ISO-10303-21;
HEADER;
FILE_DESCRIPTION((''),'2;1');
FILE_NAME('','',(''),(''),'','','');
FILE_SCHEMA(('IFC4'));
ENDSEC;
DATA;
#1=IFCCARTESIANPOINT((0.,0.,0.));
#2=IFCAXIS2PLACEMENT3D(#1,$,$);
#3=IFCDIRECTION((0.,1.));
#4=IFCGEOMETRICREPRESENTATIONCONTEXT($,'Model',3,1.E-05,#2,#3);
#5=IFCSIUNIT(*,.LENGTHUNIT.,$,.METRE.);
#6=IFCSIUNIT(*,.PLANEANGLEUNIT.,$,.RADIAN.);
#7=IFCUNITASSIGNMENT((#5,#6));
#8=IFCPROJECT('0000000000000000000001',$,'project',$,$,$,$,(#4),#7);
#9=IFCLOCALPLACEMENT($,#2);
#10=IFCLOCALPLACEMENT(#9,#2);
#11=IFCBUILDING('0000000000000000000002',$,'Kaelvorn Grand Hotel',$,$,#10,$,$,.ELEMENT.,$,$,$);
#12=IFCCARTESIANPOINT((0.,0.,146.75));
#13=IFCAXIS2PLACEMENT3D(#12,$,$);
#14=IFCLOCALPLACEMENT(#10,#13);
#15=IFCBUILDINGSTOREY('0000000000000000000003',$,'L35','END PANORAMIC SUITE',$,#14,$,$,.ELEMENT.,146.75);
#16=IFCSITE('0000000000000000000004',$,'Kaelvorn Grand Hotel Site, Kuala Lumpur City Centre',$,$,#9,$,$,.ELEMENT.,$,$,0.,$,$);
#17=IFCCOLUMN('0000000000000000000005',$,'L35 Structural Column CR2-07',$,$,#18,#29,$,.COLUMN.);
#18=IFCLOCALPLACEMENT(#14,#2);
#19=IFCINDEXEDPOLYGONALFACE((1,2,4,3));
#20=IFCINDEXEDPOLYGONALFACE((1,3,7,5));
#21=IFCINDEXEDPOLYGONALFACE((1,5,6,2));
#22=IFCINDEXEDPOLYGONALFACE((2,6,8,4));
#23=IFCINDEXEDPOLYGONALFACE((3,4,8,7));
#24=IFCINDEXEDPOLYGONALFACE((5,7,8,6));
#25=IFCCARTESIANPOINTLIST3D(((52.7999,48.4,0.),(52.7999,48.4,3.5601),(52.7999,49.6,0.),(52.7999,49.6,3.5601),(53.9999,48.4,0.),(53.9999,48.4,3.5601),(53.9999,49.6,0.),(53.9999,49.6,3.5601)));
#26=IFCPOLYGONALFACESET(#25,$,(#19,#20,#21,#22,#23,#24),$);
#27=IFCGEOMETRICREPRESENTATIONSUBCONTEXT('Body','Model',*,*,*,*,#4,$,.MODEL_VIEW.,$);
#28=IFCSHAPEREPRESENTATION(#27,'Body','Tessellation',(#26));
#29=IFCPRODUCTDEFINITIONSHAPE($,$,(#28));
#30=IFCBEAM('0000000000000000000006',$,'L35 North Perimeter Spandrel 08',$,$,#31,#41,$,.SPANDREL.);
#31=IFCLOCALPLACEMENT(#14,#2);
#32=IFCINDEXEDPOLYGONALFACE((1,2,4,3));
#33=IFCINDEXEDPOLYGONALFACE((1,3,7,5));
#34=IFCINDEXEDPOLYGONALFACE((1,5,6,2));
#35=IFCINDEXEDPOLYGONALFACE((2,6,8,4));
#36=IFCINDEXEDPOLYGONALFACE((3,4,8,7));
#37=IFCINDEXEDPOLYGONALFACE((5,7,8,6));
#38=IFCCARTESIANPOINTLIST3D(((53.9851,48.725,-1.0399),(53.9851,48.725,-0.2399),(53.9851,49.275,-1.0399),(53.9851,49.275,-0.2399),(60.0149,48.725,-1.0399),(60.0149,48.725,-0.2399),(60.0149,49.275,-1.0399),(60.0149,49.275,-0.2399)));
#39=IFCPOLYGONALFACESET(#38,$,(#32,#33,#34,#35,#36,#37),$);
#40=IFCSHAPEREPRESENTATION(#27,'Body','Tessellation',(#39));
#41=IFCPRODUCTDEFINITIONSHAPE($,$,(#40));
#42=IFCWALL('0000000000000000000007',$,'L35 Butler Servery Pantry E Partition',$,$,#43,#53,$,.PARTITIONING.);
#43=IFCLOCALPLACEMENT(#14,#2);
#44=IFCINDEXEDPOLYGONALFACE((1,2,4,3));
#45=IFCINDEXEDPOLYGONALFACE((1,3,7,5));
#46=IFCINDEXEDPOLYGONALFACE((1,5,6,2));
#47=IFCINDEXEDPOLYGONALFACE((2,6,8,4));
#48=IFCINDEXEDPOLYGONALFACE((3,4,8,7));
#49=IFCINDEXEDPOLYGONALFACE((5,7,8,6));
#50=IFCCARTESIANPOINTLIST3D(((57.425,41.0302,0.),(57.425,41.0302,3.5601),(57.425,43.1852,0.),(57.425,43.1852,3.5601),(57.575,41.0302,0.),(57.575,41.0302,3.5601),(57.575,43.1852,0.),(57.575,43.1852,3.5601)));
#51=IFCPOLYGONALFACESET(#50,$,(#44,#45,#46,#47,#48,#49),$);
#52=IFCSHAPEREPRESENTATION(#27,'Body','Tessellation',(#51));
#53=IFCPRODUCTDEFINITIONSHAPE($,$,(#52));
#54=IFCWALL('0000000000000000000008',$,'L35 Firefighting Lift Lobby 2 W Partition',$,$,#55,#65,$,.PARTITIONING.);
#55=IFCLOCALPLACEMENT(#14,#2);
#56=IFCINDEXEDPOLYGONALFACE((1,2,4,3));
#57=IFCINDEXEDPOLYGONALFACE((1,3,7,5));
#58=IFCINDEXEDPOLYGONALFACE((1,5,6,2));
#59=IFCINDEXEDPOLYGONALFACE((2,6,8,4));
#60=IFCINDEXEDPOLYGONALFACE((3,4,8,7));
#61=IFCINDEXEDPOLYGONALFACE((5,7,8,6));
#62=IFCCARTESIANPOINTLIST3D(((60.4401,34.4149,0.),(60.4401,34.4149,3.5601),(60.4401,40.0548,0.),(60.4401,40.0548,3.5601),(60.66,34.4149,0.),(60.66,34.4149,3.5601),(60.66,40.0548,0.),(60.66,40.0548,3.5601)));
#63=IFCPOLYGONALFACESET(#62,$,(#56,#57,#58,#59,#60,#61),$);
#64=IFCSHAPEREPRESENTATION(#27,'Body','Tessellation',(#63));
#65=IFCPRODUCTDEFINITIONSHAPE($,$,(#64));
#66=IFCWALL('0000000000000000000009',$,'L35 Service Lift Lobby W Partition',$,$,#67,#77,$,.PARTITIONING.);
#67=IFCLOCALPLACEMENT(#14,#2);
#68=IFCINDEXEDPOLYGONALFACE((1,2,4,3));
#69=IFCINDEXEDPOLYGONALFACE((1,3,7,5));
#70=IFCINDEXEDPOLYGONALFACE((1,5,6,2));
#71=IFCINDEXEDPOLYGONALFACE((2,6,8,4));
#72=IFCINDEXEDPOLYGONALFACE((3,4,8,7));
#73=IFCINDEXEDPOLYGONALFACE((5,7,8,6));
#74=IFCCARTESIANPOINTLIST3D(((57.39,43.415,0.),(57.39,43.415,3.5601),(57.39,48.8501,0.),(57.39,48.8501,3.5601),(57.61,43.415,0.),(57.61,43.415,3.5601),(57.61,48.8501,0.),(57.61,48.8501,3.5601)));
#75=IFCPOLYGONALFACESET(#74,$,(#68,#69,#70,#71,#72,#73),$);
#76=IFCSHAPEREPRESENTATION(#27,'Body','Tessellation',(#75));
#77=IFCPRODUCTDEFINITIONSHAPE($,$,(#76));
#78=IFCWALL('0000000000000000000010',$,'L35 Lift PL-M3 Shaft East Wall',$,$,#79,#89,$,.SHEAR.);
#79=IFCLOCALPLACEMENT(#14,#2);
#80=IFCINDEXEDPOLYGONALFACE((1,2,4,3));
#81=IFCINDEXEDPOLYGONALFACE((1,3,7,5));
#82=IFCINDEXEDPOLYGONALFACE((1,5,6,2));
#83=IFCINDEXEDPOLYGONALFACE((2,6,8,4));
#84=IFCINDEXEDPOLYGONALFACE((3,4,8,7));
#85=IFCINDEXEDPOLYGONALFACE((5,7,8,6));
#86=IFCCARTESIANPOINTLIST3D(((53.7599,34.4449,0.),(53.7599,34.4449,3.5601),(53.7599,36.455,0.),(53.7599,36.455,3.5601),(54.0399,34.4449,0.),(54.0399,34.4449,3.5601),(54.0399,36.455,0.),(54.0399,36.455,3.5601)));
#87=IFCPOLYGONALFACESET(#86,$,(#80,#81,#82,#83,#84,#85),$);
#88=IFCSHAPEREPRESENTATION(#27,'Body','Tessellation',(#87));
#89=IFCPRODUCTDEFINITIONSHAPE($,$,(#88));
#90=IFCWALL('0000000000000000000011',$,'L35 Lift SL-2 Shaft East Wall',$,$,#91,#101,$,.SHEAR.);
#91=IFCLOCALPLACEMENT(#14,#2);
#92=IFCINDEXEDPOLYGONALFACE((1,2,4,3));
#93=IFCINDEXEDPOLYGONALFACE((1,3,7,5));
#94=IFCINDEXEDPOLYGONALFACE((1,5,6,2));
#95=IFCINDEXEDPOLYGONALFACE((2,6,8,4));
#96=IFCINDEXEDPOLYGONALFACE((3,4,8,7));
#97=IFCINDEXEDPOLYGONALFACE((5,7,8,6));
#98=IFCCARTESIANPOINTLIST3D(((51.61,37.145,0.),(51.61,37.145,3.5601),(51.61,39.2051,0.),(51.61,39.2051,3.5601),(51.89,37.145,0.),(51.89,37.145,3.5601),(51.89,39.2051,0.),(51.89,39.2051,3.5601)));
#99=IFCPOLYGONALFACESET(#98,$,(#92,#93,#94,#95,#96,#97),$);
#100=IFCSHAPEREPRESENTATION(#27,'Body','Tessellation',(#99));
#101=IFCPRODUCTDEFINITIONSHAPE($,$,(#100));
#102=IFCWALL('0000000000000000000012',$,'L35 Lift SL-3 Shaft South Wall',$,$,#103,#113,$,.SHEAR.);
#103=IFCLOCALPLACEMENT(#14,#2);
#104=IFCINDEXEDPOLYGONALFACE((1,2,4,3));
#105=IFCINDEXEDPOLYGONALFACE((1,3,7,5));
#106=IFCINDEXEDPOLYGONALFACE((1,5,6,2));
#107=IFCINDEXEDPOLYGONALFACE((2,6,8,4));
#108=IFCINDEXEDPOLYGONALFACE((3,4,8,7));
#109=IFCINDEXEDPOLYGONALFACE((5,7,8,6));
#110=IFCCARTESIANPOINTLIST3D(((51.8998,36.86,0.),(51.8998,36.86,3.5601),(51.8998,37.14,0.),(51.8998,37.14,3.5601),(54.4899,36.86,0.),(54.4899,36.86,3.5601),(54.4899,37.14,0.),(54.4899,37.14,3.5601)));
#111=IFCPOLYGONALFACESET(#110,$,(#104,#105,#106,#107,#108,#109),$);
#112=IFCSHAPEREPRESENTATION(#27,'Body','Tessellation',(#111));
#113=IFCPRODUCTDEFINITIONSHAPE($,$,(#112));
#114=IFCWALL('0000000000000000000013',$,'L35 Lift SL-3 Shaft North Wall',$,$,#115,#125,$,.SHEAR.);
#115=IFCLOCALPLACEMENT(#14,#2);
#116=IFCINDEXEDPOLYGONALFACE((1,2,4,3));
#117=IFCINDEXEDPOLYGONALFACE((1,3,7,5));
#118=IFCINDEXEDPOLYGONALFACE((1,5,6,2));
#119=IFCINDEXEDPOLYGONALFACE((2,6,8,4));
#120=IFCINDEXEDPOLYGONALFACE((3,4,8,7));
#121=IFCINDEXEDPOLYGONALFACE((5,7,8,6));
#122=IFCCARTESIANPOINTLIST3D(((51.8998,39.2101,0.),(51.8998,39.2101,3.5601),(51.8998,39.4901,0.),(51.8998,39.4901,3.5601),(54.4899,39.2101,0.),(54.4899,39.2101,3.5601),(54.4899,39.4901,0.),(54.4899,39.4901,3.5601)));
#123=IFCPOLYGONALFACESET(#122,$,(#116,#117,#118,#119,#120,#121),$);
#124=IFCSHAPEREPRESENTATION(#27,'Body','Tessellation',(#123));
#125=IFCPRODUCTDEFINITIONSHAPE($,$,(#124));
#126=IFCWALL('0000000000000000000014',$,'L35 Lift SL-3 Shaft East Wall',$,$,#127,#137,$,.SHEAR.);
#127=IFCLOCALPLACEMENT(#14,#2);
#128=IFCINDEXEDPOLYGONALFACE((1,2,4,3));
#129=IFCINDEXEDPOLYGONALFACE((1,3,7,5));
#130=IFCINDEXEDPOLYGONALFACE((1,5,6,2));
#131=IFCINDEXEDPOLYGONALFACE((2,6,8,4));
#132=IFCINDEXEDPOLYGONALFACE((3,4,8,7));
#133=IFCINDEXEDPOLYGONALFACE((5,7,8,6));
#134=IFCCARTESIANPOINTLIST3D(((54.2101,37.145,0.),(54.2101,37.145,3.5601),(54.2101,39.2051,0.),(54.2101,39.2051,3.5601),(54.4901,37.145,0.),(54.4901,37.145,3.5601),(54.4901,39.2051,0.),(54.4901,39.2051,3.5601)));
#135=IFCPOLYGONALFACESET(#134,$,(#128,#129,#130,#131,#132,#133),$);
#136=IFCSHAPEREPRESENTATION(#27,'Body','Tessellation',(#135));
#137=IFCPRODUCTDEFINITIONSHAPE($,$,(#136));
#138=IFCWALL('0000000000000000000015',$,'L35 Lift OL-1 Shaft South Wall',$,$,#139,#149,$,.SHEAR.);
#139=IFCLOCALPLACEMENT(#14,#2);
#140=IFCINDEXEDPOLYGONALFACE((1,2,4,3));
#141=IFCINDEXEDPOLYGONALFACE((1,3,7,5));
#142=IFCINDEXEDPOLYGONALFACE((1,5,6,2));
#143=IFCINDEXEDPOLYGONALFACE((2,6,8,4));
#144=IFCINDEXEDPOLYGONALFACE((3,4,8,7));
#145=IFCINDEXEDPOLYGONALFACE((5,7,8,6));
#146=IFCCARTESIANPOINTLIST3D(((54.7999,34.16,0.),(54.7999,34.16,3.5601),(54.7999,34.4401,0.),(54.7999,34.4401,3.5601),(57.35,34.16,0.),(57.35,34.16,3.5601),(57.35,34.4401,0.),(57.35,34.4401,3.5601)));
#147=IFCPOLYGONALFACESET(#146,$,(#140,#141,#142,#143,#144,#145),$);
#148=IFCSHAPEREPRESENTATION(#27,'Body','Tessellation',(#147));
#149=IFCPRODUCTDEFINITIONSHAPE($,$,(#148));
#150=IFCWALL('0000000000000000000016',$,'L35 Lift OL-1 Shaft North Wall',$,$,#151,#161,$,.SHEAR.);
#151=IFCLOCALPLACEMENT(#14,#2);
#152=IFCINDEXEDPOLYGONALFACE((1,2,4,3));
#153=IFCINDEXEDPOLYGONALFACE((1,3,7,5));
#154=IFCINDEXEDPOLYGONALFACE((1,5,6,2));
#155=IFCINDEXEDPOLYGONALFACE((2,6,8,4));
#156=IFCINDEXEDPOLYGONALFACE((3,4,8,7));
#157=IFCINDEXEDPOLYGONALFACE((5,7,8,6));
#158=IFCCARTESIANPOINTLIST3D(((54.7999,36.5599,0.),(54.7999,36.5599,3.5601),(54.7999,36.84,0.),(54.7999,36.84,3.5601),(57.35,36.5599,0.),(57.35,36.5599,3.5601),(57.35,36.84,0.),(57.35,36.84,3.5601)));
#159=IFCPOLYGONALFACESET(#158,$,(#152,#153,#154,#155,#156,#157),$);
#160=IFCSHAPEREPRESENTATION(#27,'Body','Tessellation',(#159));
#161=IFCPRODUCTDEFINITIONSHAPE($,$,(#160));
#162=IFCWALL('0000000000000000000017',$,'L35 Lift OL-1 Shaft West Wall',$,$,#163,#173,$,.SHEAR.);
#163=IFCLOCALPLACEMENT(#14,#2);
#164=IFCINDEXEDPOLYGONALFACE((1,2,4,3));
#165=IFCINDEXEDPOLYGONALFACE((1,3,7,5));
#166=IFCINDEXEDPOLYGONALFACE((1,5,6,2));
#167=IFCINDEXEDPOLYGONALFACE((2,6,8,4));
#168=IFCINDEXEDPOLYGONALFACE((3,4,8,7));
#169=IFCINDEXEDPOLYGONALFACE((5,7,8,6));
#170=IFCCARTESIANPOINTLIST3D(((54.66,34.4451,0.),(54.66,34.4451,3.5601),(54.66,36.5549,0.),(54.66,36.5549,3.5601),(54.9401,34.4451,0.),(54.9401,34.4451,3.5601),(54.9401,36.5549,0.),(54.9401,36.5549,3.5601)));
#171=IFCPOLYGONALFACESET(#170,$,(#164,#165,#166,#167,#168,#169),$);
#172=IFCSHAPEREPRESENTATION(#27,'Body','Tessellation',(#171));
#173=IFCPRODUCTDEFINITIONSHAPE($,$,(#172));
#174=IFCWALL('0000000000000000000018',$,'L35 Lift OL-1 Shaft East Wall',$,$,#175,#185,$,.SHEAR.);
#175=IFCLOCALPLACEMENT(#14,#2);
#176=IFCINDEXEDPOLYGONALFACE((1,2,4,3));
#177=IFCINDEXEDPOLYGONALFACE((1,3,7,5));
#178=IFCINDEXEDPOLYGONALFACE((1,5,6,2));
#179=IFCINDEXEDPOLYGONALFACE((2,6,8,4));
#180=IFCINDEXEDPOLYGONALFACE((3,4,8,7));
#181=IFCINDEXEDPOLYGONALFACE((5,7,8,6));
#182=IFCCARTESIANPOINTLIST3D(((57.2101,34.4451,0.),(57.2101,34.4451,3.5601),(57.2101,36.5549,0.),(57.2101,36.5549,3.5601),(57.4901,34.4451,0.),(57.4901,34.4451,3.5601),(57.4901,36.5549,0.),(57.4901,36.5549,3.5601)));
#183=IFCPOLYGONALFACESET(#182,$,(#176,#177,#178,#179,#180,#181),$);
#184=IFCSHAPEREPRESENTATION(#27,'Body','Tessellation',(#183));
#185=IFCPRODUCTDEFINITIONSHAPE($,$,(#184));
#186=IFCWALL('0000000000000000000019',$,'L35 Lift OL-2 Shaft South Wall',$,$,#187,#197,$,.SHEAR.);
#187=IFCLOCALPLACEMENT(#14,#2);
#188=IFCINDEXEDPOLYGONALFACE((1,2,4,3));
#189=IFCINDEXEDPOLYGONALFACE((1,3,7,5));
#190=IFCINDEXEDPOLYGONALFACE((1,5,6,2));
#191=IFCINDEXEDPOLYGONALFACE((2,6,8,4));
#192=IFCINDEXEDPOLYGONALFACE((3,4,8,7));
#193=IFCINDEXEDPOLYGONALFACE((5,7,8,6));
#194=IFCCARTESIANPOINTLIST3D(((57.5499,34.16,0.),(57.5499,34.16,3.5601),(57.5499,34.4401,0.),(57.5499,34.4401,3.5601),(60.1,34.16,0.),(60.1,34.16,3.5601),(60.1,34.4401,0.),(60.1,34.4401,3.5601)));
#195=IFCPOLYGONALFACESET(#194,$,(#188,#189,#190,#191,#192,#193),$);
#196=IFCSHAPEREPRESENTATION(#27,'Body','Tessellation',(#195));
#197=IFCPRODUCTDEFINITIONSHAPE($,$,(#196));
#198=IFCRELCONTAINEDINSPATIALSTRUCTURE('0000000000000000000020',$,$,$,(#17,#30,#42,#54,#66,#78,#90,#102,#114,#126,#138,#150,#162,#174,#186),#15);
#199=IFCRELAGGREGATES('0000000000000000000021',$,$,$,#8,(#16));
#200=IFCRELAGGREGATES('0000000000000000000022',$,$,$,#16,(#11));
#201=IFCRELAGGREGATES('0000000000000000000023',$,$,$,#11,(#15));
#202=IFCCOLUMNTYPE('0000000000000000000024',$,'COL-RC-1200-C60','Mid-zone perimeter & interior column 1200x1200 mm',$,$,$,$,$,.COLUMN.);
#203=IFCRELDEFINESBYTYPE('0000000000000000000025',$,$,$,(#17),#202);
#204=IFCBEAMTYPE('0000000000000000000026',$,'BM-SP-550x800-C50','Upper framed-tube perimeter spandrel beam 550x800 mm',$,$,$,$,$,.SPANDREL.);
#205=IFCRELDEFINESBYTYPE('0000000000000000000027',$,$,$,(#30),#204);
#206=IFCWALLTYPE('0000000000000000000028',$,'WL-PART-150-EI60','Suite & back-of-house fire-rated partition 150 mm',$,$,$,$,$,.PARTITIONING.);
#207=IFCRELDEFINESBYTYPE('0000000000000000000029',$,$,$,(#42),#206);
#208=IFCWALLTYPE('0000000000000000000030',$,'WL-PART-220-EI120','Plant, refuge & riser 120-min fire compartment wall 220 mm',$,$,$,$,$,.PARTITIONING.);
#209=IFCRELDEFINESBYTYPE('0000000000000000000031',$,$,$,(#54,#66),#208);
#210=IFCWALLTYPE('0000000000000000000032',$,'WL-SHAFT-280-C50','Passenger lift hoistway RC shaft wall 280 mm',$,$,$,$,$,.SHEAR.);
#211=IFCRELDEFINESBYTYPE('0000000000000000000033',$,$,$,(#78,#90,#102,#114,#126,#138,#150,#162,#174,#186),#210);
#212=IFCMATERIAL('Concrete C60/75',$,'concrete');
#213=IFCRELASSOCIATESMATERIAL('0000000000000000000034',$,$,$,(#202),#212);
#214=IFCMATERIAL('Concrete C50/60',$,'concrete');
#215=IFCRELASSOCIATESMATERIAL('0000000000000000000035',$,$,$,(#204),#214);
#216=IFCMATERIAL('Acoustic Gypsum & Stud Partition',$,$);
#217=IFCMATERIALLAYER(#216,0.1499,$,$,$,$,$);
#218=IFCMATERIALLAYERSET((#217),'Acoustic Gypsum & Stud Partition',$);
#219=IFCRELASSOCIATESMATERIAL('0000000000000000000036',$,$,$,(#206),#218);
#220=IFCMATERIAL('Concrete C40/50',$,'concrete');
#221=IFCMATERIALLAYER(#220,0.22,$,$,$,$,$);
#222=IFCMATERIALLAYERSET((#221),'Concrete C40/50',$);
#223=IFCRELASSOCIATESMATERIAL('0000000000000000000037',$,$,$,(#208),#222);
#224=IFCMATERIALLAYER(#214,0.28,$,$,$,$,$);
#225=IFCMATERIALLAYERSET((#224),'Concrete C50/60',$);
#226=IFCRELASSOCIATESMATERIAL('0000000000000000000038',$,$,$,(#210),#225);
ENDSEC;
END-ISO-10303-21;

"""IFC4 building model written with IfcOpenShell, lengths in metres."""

from ifc_helpers import new_model, si_unit, direction, frame, frame_2d, origin, origin_2d, place, context, subcontext, project, spatial, rectangle, extrude, material, layer, layer_set, material_profile, profile_set, type_object, element, save


model = new_model("IFC4")

# Units and contexts
model_context = context("Model", 3, precision=1e-05, world=origin(), true_north=direction((0.0, 1.0)))
body_context = subcontext(model_context, "Body", "Model", "MODEL_VIEW")
ifc_project = project(units=[si_unit("LENGTHUNIT", "METRE"), si_unit("PLANEANGLEUNIT", "RADIAN")], contexts=[model_context])

# Site, building, storey
site_placement = place(None, origin())
site = spatial("IfcSite", under=ifc_project, at=site_placement, Name="Kaelvorn Grand Hotel Site, Kuala Lumpur City Centre", CompositionType="ELEMENT", RefElevation=0.0)
building_placement = place(site_placement, origin())
building = spatial("IfcBuilding", under=site, at=building_placement, Name="Kaelvorn Grand Hotel", CompositionType="ELEMENT")
storey_placement = place(building_placement, frame((0.0, 0.0, 146.75)))
storey = spatial("IfcBuildingStorey", under=building, at=storey_placement, Name="L35", Description="END PANORAMIC SUITE", CompositionType="ELEMENT", Elevation=146.75)

# Column
ifc_material_1 = material(Name="Concrete C60/75", Category="concrete")
ifc_material_profile_1 = material_profile(ifc_material_1, rectangle(XDim=1.2, YDim=1.2, at=origin_2d()), Name="RC COL 1200x1200")
ifc_profile_set_1 = profile_set([ifc_material_profile_1], Name="Concrete C60/75")
column_type = type_object("IfcColumnType", Name="COL-RC-1200-C60", Description="Mid-zone perimeter & interior column 1200x1200 mm", PredefinedType="COLUMN", material=ifc_profile_set_1)
column_placement = place(storey_placement, frame((53.3999, 49.0, 0.0), z_axis=(0.0, 0.0, 1.0), x_axis=(1.0, 0.0, 0.0)))
element("IfcColumn", 1, at=column_placement, inside=storey, type_object=column_type, Name="L35 Structural Column CR2-07", PredefinedType="COLUMN", context=body_context, shape_type="SweptSolid", body=[
    extrude(rectangle(XDim=1.2, YDim=1.2, at=origin_2d()), origin(), (0.0, 0.0, 1.0), 3.5601),
])

# Beam
ifc_material_2 = material(Name="Concrete C50/60", Category="concrete")
ifc_material_profile_2 = material_profile(ifc_material_2, rectangle(XDim=0.55, YDim=0.8, at=origin_2d()), Name="RC SPANDREL 550x800")
ifc_profile_set_2 = profile_set([ifc_material_profile_2], Name="Concrete C50/60")
beam_type = type_object("IfcBeamType", Name="BM-SP-550x800-C50", Description="Upper framed-tube perimeter spandrel beam 550x800 mm", PredefinedType="SPANDREL", material=ifc_profile_set_2)
beam_placement = place(storey_placement, frame((53.9851, 49.0, -0.6399), z_axis=(1.0, 0.0, 0.0), x_axis=(0.0, 1.0, 0.0)))
element("IfcBeam", 2, at=beam_placement, inside=storey, type_object=beam_type, Name="L35 North Perimeter Spandrel 08", PredefinedType="SPANDREL", context=body_context, shape_type="SweptSolid", body=[
    extrude(rectangle(XDim=0.55, YDim=0.8, at=origin_2d()), origin(), (0.0, 0.0, 1.0), 6.0298),
])

# Wall
ifc_material_3 = material(Name="Acoustic Gypsum & Stud Partition")
ifc_layer_1 = layer(ifc_material_3, 0.1499)
ifc_layer_set_1 = layer_set([ifc_layer_1], Name="Acoustic Gypsum & Stud Partition")
wall_type_1 = type_object("IfcWallType", Name="WL-PART-150-EI60", Description="Suite & back-of-house fire-rated partition 150 mm", PredefinedType="PARTITIONING", material=ifc_layer_set_1)
wall_1_placement = place(storey_placement, frame((57.5, 41.03, 0.0), z_axis=(0.0, 0.0, 1.0), x_axis=(0.0, 1.0, 0.0)))
element("IfcWall", 3, at=wall_1_placement, inside=storey, type_object=wall_type_1, Name="L35 Butler Servery Pantry E Partition", PredefinedType="PARTITIONING", context=body_context, shape_type="SweptSolid", body=[
    extrude(rectangle(XDim=2.155, YDim=0.1499, at=frame_2d((1.0776, 0.0))), origin(), (0.0, 0.0, 1.0), 3.5601),
])

# Shared definitions
ifc_material_4 = material(Name="Concrete C40/50", Category="concrete")
ifc_layer_2 = layer(ifc_material_4, 0.22)
ifc_layer_set_2 = layer_set([ifc_layer_2], Name="Concrete C40/50")
wall_type_2 = type_object("IfcWallType", Name="WL-PART-220-EI120", Description="Plant, refuge & riser 120-min fire compartment wall 220 mm", PredefinedType="PARTITIONING", material=ifc_layer_set_2)

# Wall
wall_2_placement = place(storey_placement, frame((60.55, 34.415, 0.0), z_axis=(0.0, 0.0, 1.0), x_axis=(0.0, 1.0, 0.0)))
element("IfcWall", 4, at=wall_2_placement, inside=storey, type_object=wall_type_2, Name="L35 Firefighting Lift Lobby 2 W Partition", PredefinedType="PARTITIONING", context=body_context, shape_type="SweptSolid", body=[
    extrude(rectangle(XDim=5.6399, YDim=0.22, at=frame_2d((2.8198, 0.0))), origin(), (0.0, 0.0, 1.0), 3.5601),
])

# Walls
wall_3_placement = place(storey_placement, frame((57.5, 43.415, 0.0), z_axis=(0.0, 0.0, 1.0), x_axis=(0.0, 1.0, 0.0)))
element("IfcWall", 5, at=wall_3_placement, inside=storey, type_object=wall_type_2, Name="L35 Service Lift Lobby W Partition", PredefinedType="PARTITIONING", context=body_context, shape_type="SweptSolid", body=[
    extrude(rectangle(XDim=5.4351, YDim=0.22, at=frame_2d((2.7175, 0.0))), origin(), (0.0, 0.0, 1.0), 3.5601),
])
ifc_layer_3 = layer(ifc_material_2, 0.28)
ifc_layer_set_3 = layer_set([ifc_layer_3], Name="Concrete C50/60")
wall_type_3 = type_object("IfcWallType", Name="WL-SHAFT-280-C50", Description="Passenger lift hoistway RC shaft wall 280 mm", PredefinedType="SHEAR", material=ifc_layer_set_3)
wall_4_placement = place(storey_placement, frame((53.8999, 34.4451, 0.0), z_axis=(0.0, 0.0, 1.0), x_axis=(0.0, 1.0, 0.0)))
element("IfcWall", 6, at=wall_4_placement, inside=storey, type_object=wall_type_3, Name="L35 Lift PL-M3 Shaft East Wall", PredefinedType="SHEAR", context=body_context, shape_type="SweptSolid", body=[
    extrude(rectangle(XDim=2.01, YDim=0.28, at=frame_2d((1.0049, 0.0))), origin(), (0.0, 0.0, 1.0), 3.5601),
])
wall_5_placement = place(storey_placement, frame((51.75, 37.145, 0.0), z_axis=(0.0, 0.0, 1.0), x_axis=(0.0, 1.0, 0.0)))
element("IfcWall", 7, at=wall_5_placement, inside=storey, type_object=wall_type_3, Name="L35 Lift SL-2 Shaft East Wall", PredefinedType="SHEAR", context=body_context, shape_type="SweptSolid", body=[
    extrude(rectangle(XDim=2.0601, YDim=0.28, at=frame_2d((1.03, 0.0))), origin(), (0.0, 0.0, 1.0), 3.5601),
])
for number, where, z_axis, x_axis, name in (
    (8, (51.8999, 37.0, 0.0), (0.0, 0.0, 1.0), (1.0, 0.0, 0.0), "L35 Lift SL-3 Shaft South Wall"),
    (9, (51.8999, 39.3501, 0.0), (0.0, 0.0, 1.0), (1.0, 0.0, 0.0), "L35 Lift SL-3 Shaft North Wall"),
):
    element("IfcWall", number, at=place(storey_placement, frame(where, z_axis=z_axis, x_axis=x_axis)), inside=storey, type_object=wall_type_3, Name=name, PredefinedType="SHEAR", context=body_context, shape_type="SweptSolid", body=[
        extrude(rectangle(XDim=2.5901, YDim=0.28, at=frame_2d((1.2949, 0.0))), origin(), (0.0, 0.0, 1.0), 3.5601),
    ])
wall_6_placement = place(storey_placement, frame((54.3501, 37.145, 0.0), z_axis=(0.0, 0.0, 1.0), x_axis=(0.0, 1.0, 0.0)))
element("IfcWall", 10, at=wall_6_placement, inside=storey, type_object=wall_type_3, Name="L35 Lift SL-3 Shaft East Wall", PredefinedType="SHEAR", context=body_context, shape_type="SweptSolid", body=[
    extrude(rectangle(XDim=2.0601, YDim=0.28, at=frame_2d((1.03, 0.0))), origin(), (0.0, 0.0, 1.0), 3.5601),
])
for number, where, z_axis, x_axis, name in (
    (11, (54.8, 34.3, 0.0), (0.0, 0.0, 1.0), (1.0, 0.0, 0.0), "L35 Lift OL-1 Shaft South Wall"),
    (12, (54.8, 36.7, 0.0), (0.0, 0.0, 1.0), (1.0, 0.0, 0.0), "L35 Lift OL-1 Shaft North Wall"),
):
    element("IfcWall", number, at=place(storey_placement, frame(where, z_axis=z_axis, x_axis=x_axis)), inside=storey, type_object=wall_type_3, Name=name, PredefinedType="SHEAR", context=body_context, shape_type="SweptSolid", body=[
        extrude(rectangle(XDim=2.55, YDim=0.28, at=frame_2d((1.2749, 0.0))), origin(), (0.0, 0.0, 1.0), 3.5601),
    ])
for number, where, z_axis, x_axis, name in (
    (13, (54.8, 34.4451, 0.0), (0.0, 0.0, 1.0), (0.0, 1.0, 0.0), "L35 Lift OL-1 Shaft West Wall"),
    (14, (57.3501, 34.4451, 0.0), (0.0, 0.0, 1.0), (0.0, 1.0, 0.0), "L35 Lift OL-1 Shaft East Wall"),
):
    element("IfcWall", number, at=place(storey_placement, frame(where, z_axis=z_axis, x_axis=x_axis)), inside=storey, type_object=wall_type_3, Name=name, PredefinedType="SHEAR", context=body_context, shape_type="SweptSolid", body=[
        extrude(rectangle(XDim=2.1099, YDim=0.28, at=frame_2d((1.0549, 0.0))), origin(), (0.0, 0.0, 1.0), 3.5601),
    ])
for number, where, z_axis, x_axis, name in (
    (15, (57.55, 34.3, 0.0), (0.0, 0.0, 1.0), (1.0, 0.0, 0.0), "L35 Lift OL-2 Shaft South Wall"),
):
    element("IfcWall", number, at=place(storey_placement, frame(where, z_axis=z_axis, x_axis=x_axis)), inside=storey, type_object=wall_type_3, Name=name, PredefinedType="SHEAR", context=body_context, shape_type="SweptSolid", body=[
        extrude(rectangle(XDim=2.55, YDim=0.28, at=frame_2d((1.2749, 0.0))), origin(), (0.0, 0.0, 1.0), 3.5601),
    ])

save(model, "model.ifc")
